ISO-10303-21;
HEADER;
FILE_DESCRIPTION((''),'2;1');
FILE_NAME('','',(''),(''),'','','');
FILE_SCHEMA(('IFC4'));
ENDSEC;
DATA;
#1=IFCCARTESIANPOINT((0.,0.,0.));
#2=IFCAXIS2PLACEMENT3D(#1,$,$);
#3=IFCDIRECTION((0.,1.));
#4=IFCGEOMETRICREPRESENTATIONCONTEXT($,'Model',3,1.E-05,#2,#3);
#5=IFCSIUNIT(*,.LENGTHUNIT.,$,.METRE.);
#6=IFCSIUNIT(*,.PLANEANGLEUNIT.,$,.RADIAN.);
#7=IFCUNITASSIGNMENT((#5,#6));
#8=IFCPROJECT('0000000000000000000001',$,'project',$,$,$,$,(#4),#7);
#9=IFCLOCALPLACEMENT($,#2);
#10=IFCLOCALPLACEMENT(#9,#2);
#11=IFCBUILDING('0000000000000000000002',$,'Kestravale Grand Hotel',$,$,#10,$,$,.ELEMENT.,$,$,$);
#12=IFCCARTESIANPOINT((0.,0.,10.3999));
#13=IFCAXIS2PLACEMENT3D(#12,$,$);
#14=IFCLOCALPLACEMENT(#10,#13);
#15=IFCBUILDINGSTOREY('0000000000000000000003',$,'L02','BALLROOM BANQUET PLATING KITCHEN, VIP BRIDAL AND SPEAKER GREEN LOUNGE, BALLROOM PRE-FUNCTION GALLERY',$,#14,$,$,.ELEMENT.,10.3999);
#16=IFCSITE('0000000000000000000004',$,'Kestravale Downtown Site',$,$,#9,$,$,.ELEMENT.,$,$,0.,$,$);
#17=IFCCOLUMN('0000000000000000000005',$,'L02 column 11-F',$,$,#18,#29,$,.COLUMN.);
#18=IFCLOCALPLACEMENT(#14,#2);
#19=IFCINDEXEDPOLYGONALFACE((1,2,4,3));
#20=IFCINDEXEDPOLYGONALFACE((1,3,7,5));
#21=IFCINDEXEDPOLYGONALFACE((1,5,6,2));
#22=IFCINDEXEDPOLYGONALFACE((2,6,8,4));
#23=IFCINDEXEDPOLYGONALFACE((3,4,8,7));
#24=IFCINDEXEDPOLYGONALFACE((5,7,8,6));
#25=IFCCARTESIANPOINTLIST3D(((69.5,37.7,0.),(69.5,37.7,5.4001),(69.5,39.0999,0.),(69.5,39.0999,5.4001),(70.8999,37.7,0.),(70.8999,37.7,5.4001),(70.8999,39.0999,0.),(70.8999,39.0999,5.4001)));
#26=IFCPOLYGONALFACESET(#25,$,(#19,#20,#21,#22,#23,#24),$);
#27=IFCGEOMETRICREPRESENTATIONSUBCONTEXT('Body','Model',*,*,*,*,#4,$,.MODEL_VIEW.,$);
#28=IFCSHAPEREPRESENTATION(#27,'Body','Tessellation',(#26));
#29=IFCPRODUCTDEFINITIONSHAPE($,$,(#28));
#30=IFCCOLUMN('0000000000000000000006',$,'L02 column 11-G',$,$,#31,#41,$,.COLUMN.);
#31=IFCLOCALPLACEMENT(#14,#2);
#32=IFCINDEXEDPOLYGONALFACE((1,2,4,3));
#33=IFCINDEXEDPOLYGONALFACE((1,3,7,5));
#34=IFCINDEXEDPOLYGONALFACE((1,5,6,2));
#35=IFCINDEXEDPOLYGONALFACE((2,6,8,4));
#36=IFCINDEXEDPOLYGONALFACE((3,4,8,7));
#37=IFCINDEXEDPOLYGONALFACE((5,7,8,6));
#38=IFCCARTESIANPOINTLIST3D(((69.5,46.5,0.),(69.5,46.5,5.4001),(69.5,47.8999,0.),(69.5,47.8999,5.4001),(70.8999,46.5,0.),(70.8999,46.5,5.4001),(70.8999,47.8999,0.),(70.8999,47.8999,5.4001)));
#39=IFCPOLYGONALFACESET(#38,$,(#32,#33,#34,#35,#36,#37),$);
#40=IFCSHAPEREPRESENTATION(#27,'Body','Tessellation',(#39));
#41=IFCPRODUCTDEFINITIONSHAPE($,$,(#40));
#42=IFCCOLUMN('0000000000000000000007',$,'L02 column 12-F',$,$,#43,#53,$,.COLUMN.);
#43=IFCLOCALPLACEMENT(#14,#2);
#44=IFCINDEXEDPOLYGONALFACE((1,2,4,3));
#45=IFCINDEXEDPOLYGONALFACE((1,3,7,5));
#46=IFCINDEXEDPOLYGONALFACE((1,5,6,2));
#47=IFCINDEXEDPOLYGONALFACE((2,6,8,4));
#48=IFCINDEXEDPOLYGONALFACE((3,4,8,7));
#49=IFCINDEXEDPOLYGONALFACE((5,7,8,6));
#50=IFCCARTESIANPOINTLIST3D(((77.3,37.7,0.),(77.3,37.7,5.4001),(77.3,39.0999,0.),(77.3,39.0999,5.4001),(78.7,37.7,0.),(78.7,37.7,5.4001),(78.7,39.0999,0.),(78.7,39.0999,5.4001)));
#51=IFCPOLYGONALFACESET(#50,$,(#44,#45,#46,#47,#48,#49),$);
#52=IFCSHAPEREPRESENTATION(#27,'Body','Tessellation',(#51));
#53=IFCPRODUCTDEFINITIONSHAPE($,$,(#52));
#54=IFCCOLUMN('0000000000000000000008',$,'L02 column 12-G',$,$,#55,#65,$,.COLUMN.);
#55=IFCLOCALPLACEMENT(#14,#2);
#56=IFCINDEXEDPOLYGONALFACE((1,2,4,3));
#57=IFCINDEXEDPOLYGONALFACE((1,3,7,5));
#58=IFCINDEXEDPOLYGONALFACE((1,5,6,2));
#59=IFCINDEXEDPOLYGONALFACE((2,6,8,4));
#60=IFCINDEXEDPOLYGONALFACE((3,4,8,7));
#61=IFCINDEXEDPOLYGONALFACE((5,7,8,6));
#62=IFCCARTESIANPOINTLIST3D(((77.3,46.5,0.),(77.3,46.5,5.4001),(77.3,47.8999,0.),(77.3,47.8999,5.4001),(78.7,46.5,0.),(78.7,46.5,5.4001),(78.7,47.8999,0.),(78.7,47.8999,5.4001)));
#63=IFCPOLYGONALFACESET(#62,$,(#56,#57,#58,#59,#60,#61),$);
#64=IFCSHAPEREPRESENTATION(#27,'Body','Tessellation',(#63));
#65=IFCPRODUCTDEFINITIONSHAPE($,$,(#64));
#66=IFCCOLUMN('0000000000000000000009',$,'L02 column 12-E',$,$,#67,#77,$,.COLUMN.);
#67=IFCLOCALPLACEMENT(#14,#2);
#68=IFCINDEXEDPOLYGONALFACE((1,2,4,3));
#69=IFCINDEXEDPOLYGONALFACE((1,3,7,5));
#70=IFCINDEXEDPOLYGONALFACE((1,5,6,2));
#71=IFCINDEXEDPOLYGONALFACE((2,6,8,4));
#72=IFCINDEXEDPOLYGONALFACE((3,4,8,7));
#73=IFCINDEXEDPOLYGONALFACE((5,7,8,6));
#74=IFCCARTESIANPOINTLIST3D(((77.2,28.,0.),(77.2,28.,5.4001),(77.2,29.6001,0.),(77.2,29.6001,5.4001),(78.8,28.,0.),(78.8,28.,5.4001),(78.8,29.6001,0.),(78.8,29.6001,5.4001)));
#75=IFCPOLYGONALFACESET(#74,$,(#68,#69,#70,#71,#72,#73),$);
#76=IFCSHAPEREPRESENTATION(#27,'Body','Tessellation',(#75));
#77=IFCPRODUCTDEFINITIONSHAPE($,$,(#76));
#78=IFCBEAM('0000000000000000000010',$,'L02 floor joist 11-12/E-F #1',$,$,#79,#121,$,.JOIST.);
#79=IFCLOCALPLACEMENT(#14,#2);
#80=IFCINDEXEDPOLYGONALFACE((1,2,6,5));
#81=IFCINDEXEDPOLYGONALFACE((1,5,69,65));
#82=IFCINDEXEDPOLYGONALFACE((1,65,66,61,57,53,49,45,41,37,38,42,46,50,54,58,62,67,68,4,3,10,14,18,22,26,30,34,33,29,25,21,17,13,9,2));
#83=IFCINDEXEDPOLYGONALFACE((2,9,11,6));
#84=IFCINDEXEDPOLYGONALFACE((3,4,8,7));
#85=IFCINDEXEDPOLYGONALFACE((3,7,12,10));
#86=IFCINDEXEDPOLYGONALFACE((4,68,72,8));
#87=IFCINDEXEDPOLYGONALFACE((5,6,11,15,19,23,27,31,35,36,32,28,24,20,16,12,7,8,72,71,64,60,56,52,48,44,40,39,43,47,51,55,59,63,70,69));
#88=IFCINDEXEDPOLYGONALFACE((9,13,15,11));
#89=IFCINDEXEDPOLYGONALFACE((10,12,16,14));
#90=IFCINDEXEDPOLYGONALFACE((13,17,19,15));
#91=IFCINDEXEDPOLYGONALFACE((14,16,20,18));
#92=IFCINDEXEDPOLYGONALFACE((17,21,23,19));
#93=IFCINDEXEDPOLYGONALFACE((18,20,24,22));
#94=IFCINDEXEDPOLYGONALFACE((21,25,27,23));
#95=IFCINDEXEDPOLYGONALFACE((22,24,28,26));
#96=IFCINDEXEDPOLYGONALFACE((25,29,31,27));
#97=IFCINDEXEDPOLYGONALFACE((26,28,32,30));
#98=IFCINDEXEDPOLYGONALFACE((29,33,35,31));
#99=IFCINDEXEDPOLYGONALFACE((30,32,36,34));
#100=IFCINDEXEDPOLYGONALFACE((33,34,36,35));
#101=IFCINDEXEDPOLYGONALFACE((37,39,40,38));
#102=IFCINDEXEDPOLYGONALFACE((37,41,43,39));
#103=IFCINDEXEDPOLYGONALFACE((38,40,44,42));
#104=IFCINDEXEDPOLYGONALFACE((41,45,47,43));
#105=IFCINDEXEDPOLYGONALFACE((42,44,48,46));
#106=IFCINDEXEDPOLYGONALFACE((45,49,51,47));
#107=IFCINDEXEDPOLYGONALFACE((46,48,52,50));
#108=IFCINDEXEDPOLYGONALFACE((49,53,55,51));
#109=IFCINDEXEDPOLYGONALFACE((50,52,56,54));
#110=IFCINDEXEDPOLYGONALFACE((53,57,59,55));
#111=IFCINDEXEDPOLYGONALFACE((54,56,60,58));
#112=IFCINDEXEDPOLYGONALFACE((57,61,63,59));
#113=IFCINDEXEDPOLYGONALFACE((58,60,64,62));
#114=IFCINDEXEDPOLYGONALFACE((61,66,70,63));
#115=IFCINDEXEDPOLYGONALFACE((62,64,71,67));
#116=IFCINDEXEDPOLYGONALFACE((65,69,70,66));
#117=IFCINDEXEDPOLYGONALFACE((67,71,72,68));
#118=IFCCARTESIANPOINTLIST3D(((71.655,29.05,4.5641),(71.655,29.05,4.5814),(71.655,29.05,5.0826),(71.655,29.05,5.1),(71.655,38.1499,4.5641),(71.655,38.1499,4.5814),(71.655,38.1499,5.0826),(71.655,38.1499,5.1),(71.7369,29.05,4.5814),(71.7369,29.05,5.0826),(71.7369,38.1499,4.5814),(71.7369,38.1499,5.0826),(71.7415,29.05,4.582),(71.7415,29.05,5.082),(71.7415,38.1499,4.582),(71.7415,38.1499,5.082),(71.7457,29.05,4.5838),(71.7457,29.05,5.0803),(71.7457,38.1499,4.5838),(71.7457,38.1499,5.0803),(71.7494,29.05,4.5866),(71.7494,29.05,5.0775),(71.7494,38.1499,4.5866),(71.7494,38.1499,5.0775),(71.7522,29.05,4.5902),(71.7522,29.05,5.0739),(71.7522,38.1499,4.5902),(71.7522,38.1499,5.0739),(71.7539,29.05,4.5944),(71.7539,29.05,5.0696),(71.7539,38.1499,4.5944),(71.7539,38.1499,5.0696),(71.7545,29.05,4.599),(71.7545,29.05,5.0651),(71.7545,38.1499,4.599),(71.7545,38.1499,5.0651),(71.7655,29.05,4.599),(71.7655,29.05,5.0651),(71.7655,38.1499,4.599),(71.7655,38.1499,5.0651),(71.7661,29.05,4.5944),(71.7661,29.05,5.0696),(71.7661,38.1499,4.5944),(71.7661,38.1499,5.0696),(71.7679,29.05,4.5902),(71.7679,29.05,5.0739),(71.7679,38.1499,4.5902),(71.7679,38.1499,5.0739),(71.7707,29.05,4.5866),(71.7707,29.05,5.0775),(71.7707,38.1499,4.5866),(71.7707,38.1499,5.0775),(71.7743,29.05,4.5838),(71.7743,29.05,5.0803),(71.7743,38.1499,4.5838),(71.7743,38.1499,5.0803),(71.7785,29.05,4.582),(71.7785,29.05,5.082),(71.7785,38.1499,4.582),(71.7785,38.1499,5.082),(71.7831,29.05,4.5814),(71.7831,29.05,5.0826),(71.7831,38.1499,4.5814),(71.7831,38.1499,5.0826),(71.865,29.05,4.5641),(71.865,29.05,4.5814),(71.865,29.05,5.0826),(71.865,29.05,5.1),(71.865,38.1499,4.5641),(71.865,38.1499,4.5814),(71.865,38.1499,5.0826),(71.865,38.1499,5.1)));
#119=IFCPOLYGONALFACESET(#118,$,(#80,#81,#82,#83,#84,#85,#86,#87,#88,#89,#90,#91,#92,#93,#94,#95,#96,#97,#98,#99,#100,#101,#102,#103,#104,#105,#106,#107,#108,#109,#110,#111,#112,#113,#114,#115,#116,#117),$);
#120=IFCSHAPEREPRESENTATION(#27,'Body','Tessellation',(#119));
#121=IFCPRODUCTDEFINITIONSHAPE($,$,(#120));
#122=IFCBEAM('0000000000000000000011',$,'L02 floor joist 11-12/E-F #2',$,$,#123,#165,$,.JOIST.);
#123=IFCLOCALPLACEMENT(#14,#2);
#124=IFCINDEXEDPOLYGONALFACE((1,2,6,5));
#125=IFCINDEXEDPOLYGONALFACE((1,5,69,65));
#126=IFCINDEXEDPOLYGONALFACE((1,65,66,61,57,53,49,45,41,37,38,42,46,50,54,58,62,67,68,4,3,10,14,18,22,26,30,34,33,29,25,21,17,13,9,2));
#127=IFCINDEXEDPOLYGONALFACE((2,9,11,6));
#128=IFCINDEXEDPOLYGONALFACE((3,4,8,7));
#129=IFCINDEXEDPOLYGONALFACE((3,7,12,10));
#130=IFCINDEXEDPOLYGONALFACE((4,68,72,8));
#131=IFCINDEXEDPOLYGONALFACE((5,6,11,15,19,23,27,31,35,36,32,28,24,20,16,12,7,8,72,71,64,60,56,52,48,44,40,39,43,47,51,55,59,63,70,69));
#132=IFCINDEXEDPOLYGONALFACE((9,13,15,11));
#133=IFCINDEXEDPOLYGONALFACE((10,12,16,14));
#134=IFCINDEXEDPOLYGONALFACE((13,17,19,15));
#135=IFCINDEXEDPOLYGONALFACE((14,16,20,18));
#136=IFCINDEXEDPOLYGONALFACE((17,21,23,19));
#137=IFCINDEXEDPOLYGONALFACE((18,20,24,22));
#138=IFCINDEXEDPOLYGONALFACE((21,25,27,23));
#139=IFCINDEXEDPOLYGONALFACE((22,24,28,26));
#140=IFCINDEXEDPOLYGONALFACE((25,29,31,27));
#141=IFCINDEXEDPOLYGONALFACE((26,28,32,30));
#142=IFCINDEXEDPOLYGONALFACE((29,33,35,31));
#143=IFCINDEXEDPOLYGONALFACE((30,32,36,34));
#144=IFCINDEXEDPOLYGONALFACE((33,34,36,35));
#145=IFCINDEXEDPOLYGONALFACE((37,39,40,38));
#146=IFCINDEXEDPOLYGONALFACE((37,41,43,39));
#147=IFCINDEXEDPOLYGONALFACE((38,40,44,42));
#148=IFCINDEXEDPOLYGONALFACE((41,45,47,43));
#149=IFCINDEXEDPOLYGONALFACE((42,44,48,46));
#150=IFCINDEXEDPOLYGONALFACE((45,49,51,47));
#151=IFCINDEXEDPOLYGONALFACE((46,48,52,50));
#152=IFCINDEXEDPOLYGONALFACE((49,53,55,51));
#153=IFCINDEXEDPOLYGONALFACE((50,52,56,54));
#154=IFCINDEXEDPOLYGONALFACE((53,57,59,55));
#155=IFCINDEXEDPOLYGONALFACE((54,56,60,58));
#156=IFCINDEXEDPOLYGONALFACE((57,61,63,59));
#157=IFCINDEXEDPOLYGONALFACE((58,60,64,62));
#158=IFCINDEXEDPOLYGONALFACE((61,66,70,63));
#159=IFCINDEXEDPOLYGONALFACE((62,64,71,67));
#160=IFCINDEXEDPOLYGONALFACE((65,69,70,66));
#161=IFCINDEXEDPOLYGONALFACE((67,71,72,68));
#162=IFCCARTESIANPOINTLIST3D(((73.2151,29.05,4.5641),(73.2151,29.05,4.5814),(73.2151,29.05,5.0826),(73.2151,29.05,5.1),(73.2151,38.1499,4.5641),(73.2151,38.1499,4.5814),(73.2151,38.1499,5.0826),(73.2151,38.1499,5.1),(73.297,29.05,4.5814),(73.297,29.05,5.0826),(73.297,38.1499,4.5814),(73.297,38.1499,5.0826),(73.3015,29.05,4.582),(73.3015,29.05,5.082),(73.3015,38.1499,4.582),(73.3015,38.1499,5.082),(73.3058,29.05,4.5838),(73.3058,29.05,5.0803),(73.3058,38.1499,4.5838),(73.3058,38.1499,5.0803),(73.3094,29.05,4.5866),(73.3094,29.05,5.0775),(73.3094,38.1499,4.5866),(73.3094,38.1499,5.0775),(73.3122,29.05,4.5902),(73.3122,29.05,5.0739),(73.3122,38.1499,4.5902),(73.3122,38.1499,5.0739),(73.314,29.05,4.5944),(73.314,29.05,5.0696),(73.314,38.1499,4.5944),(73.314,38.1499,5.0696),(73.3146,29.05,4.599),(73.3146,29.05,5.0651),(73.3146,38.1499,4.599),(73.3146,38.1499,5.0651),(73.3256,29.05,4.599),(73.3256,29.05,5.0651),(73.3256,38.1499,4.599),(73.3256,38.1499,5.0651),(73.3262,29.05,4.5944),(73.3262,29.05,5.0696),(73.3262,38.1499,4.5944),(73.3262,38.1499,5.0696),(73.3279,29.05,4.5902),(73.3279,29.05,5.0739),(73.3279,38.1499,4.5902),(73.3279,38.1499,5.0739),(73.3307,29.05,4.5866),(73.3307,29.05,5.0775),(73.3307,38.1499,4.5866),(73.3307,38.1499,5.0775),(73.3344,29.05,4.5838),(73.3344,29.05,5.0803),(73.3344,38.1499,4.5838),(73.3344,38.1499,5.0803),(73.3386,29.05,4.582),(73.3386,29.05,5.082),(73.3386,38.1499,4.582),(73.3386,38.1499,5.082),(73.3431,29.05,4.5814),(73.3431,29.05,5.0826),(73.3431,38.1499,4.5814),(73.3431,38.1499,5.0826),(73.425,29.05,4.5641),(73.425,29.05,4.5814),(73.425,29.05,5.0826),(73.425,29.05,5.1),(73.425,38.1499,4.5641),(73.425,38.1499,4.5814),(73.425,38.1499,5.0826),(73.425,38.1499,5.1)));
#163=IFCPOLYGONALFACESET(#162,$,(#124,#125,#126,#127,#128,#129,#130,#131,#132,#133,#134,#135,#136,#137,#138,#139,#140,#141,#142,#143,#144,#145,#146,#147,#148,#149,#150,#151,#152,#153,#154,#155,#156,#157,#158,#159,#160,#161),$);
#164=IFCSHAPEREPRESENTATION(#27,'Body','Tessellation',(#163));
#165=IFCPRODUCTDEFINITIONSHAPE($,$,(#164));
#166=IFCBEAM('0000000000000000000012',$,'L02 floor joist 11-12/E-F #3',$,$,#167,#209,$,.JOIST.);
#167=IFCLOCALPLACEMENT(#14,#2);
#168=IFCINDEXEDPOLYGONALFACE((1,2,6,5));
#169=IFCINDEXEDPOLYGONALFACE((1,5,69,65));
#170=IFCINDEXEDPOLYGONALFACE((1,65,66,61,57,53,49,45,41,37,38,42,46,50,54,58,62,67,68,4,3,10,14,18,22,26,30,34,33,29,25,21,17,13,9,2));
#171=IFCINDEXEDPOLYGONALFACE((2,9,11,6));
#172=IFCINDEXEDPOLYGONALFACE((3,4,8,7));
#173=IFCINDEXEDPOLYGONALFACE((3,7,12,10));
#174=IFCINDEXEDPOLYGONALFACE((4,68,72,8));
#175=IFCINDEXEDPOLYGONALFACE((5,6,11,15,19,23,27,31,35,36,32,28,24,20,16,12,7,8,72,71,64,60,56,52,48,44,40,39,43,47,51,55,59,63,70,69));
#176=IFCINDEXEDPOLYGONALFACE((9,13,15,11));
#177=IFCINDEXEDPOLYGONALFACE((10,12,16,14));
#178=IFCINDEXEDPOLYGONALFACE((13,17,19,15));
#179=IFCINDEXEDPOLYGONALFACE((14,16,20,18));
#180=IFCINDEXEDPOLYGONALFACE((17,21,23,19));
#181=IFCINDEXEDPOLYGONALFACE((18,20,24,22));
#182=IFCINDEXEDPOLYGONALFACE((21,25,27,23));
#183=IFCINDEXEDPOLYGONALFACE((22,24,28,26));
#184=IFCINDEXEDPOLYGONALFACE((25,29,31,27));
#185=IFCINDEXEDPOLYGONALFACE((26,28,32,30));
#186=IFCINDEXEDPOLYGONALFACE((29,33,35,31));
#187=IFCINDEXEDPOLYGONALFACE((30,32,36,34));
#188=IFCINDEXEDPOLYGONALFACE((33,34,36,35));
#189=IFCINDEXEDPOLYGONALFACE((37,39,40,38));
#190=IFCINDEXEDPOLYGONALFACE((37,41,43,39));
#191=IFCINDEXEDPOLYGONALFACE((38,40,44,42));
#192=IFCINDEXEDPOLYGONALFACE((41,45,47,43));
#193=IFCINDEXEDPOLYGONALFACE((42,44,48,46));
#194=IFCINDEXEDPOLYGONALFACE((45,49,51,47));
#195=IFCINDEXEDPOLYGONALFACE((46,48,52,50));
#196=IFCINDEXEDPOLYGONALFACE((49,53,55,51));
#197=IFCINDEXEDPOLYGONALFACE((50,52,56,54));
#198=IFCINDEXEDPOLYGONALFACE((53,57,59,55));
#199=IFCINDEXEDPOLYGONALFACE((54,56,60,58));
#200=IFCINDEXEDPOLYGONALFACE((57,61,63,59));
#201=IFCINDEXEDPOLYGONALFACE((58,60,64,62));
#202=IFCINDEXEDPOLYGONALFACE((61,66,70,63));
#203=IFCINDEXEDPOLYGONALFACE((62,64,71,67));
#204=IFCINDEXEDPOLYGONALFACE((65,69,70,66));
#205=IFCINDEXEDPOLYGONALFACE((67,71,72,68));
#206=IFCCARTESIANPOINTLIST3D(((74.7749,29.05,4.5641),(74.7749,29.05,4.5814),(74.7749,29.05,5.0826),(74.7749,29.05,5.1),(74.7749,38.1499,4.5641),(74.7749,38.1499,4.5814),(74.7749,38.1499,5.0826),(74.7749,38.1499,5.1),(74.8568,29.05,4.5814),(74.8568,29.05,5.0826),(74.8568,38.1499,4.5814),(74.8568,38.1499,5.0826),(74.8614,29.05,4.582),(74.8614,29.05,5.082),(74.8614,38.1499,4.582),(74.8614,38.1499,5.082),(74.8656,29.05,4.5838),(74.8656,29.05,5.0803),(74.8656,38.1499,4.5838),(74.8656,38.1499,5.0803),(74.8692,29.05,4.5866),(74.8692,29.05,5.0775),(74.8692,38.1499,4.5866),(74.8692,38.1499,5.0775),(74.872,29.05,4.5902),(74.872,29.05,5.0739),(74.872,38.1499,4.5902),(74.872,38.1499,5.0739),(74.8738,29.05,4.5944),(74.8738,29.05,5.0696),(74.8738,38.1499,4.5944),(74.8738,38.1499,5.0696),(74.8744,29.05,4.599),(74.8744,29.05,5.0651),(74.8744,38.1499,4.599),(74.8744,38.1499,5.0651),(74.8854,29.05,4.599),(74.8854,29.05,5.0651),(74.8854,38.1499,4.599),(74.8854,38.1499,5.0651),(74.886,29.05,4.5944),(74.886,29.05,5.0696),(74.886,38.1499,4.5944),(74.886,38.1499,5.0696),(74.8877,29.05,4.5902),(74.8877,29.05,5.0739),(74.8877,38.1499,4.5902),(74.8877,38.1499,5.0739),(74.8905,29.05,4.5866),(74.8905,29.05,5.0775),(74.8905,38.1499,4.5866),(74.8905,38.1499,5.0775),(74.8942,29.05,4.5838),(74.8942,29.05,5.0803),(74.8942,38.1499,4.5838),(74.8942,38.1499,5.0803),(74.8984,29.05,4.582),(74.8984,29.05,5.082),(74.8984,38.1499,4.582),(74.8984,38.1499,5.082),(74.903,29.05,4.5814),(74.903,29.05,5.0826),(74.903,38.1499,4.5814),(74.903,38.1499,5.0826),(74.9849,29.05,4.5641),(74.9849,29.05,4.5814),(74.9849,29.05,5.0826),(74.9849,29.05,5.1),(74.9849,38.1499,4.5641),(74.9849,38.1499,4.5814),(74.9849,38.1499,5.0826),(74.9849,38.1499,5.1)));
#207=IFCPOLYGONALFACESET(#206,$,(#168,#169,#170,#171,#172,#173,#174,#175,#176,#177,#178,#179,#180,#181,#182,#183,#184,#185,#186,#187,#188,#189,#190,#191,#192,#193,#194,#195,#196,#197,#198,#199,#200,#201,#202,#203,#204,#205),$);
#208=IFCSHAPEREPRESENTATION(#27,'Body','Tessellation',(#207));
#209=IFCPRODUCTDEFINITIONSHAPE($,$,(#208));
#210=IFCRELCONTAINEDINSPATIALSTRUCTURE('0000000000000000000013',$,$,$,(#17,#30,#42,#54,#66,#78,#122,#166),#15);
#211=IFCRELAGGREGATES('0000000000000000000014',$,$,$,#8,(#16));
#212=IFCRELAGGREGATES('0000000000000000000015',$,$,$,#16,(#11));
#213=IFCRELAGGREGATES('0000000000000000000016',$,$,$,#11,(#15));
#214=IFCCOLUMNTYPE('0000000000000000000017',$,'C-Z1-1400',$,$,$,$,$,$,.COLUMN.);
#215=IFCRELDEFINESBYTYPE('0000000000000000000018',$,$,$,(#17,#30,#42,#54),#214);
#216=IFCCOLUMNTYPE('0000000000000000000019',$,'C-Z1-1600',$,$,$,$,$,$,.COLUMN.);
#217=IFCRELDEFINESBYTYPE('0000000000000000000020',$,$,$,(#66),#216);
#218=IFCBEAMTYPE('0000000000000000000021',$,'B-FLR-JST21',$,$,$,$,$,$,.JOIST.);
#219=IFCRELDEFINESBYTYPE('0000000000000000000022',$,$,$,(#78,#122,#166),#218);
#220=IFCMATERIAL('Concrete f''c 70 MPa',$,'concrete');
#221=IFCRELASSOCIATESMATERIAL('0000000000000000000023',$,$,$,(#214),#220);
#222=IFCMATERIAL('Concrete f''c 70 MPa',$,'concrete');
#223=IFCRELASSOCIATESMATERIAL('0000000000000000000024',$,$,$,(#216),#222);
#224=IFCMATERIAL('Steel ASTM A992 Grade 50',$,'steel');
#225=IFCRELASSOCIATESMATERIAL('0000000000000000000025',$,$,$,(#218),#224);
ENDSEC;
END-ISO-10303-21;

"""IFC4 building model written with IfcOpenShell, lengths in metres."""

from ifc_helpers import new_model, si_unit, direction, frame, origin, origin_2d, place, context, subcontext, project, spatial, rectangle, i_section, extrude, material, material_profile, profile_set, type_object, element, save


model = new_model("IFC4")

# Units and contexts
model_context = context("Model", 3, precision=1e-05, world=origin(), true_north=direction((0.0, 1.0)))
body_context = subcontext(model_context, "Body", "Model", "MODEL_VIEW")
ifc_project = project(units=[si_unit("LENGTHUNIT", "METRE"), si_unit("PLANEANGLEUNIT", "RADIAN")], contexts=[model_context])

# Site, building, storey
site_placement = place(None, origin())
site = spatial("IfcSite", under=ifc_project, at=site_placement, Name="Kestravale Downtown Site", CompositionType="ELEMENT", RefElevation=0.0)
building_placement = place(site_placement, origin())
building = spatial("IfcBuilding", under=site, at=building_placement, Name="Kestravale Grand Hotel", CompositionType="ELEMENT")
storey_placement = place(building_placement, frame((0.0, 0.0, 10.3999)))
storey = spatial("IfcBuildingStorey", under=building, at=storey_placement, Name="L02", Description="BALLROOM BANQUET PLATING KITCHEN, VIP BRIDAL AND SPEAKER GREEN LOUNGE, BALLROOM PRE-FUNCTION GALLERY", CompositionType="ELEMENT", Elevation=10.3999)

# Columns
ifc_material_1 = material(Name="Concrete f'c 70 MPa", Category="concrete")
ifc_material_profile_1 = material_profile(ifc_material_1, rectangle(XDim=1.3999, YDim=1.3999, at=origin_2d()))
ifc_profile_set_1 = profile_set([ifc_material_profile_1], Name="Concrete f'c 70 MPa")
column_type_1 = type_object("IfcColumnType", Name="C-Z1-1400", PredefinedType="COLUMN", material=ifc_profile_set_1)
for number, where, z_axis, x_axis, name in (
    (1, (70.2, 38.3999, 0.0), (0.0, 0.0, 1.0), (1.0, 0.0, 0.0), "L02 column 11-F"),
    (2, (70.2, 47.2, 0.0), (0.0, 0.0, 1.0), (1.0, 0.0, 0.0), "L02 column 11-G"),
    (3, (78.0, 38.3999, 0.0), (0.0, 0.0, 1.0), (1.0, 0.0, 0.0), "L02 column 12-F"),
    (4, (78.0, 47.2, 0.0), (0.0, 0.0, 1.0), (1.0, 0.0, 0.0), "L02 column 12-G"),
):
    element("IfcColumn", number, at=place(storey_placement, frame(where, z_axis=z_axis, x_axis=x_axis)), inside=storey, type_object=column_type_1, Name=name, PredefinedType="COLUMN", context=body_context, shape_type="SweptSolid", body=[
        extrude(rectangle(XDim=1.3999, YDim=1.3999, at=origin_2d()), origin(), (0.0, 0.0, 1.0), 5.4001),
    ])
ifc_material_2 = material(Name="Concrete f'c 70 MPa", Category="concrete")
ifc_material_profile_2 = material_profile(ifc_material_2, rectangle(XDim=1.6001, YDim=1.6001, at=origin_2d()))
ifc_profile_set_2 = profile_set([ifc_material_profile_2], Name="Concrete f'c 70 MPa")
column_type_2 = type_object("IfcColumnType", Name="C-Z1-1600", PredefinedType="COLUMN", material=ifc_profile_set_2)
column_placement = place(storey_placement, frame((78.0, 28.8, 0.0), z_axis=(0.0, 0.0, 1.0), x_axis=(1.0, 0.0, 0.0)))
element("IfcColumn", 5, at=column_placement, inside=storey, type_object=column_type_2, Name="L02 column 12-E", PredefinedType="COLUMN", context=body_context, shape_type="SweptSolid", body=[
    extrude(rectangle(XDim=1.6001, YDim=1.6001, at=origin_2d()), origin(), (0.0, 0.0, 1.0), 5.4001),
])

# Beams
ifc_material_3 = material(Name="Steel ASTM A992 Grade 50", Category="steel")
ifc_material_profile_3 = material_profile(ifc_material_3, i_section(OverallWidth=0.21, OverallDepth=0.5359, WebThickness=0.011, FlangeThickness=0.0173, FilletRadius=0.0176, at=origin_2d()))
ifc_profile_set_3 = profile_set([ifc_material_profile_3], Name="Steel ASTM A992 Grade 50")
beam_type_1 = type_object("IfcBeamType", Name="B-FLR-JST21", PredefinedType="JOIST", material=ifc_profile_set_3)
for number, where, z_axis, x_axis, name in (
    (6, (71.76, 29.05, 4.832), (0.0, 1.0, 0.0), (-1.0, 0.0, 0.0), "L02 floor joist 11-12/E-F #1"),
    (7, (73.3201, 29.05, 4.832), (0.0, 1.0, 0.0), (-1.0, 0.0, 0.0), "L02 floor joist 11-12/E-F #2"),
    (8, (74.8799, 29.05, 4.832), (0.0, 1.0, 0.0), (-1.0, 0.0, 0.0), "L02 floor joist 11-12/E-F #3"),
):
    element("IfcBeam", number, at=place(storey_placement, frame(where, z_axis=z_axis, x_axis=x_axis)), inside=storey, type_object=beam_type_1, Name=name, PredefinedType="JOIST", context=body_context, shape_type="SweptSolid", body=[
        extrude(i_section(OverallWidth=0.21, OverallDepth=0.5359, WebThickness=0.011, FlangeThickness=0.0173, FilletRadius=0.0176, at=origin_2d()), origin(), (0.0, 0.0, 1.0), 9.0999),
    ])

save(model, "model.ifc")
